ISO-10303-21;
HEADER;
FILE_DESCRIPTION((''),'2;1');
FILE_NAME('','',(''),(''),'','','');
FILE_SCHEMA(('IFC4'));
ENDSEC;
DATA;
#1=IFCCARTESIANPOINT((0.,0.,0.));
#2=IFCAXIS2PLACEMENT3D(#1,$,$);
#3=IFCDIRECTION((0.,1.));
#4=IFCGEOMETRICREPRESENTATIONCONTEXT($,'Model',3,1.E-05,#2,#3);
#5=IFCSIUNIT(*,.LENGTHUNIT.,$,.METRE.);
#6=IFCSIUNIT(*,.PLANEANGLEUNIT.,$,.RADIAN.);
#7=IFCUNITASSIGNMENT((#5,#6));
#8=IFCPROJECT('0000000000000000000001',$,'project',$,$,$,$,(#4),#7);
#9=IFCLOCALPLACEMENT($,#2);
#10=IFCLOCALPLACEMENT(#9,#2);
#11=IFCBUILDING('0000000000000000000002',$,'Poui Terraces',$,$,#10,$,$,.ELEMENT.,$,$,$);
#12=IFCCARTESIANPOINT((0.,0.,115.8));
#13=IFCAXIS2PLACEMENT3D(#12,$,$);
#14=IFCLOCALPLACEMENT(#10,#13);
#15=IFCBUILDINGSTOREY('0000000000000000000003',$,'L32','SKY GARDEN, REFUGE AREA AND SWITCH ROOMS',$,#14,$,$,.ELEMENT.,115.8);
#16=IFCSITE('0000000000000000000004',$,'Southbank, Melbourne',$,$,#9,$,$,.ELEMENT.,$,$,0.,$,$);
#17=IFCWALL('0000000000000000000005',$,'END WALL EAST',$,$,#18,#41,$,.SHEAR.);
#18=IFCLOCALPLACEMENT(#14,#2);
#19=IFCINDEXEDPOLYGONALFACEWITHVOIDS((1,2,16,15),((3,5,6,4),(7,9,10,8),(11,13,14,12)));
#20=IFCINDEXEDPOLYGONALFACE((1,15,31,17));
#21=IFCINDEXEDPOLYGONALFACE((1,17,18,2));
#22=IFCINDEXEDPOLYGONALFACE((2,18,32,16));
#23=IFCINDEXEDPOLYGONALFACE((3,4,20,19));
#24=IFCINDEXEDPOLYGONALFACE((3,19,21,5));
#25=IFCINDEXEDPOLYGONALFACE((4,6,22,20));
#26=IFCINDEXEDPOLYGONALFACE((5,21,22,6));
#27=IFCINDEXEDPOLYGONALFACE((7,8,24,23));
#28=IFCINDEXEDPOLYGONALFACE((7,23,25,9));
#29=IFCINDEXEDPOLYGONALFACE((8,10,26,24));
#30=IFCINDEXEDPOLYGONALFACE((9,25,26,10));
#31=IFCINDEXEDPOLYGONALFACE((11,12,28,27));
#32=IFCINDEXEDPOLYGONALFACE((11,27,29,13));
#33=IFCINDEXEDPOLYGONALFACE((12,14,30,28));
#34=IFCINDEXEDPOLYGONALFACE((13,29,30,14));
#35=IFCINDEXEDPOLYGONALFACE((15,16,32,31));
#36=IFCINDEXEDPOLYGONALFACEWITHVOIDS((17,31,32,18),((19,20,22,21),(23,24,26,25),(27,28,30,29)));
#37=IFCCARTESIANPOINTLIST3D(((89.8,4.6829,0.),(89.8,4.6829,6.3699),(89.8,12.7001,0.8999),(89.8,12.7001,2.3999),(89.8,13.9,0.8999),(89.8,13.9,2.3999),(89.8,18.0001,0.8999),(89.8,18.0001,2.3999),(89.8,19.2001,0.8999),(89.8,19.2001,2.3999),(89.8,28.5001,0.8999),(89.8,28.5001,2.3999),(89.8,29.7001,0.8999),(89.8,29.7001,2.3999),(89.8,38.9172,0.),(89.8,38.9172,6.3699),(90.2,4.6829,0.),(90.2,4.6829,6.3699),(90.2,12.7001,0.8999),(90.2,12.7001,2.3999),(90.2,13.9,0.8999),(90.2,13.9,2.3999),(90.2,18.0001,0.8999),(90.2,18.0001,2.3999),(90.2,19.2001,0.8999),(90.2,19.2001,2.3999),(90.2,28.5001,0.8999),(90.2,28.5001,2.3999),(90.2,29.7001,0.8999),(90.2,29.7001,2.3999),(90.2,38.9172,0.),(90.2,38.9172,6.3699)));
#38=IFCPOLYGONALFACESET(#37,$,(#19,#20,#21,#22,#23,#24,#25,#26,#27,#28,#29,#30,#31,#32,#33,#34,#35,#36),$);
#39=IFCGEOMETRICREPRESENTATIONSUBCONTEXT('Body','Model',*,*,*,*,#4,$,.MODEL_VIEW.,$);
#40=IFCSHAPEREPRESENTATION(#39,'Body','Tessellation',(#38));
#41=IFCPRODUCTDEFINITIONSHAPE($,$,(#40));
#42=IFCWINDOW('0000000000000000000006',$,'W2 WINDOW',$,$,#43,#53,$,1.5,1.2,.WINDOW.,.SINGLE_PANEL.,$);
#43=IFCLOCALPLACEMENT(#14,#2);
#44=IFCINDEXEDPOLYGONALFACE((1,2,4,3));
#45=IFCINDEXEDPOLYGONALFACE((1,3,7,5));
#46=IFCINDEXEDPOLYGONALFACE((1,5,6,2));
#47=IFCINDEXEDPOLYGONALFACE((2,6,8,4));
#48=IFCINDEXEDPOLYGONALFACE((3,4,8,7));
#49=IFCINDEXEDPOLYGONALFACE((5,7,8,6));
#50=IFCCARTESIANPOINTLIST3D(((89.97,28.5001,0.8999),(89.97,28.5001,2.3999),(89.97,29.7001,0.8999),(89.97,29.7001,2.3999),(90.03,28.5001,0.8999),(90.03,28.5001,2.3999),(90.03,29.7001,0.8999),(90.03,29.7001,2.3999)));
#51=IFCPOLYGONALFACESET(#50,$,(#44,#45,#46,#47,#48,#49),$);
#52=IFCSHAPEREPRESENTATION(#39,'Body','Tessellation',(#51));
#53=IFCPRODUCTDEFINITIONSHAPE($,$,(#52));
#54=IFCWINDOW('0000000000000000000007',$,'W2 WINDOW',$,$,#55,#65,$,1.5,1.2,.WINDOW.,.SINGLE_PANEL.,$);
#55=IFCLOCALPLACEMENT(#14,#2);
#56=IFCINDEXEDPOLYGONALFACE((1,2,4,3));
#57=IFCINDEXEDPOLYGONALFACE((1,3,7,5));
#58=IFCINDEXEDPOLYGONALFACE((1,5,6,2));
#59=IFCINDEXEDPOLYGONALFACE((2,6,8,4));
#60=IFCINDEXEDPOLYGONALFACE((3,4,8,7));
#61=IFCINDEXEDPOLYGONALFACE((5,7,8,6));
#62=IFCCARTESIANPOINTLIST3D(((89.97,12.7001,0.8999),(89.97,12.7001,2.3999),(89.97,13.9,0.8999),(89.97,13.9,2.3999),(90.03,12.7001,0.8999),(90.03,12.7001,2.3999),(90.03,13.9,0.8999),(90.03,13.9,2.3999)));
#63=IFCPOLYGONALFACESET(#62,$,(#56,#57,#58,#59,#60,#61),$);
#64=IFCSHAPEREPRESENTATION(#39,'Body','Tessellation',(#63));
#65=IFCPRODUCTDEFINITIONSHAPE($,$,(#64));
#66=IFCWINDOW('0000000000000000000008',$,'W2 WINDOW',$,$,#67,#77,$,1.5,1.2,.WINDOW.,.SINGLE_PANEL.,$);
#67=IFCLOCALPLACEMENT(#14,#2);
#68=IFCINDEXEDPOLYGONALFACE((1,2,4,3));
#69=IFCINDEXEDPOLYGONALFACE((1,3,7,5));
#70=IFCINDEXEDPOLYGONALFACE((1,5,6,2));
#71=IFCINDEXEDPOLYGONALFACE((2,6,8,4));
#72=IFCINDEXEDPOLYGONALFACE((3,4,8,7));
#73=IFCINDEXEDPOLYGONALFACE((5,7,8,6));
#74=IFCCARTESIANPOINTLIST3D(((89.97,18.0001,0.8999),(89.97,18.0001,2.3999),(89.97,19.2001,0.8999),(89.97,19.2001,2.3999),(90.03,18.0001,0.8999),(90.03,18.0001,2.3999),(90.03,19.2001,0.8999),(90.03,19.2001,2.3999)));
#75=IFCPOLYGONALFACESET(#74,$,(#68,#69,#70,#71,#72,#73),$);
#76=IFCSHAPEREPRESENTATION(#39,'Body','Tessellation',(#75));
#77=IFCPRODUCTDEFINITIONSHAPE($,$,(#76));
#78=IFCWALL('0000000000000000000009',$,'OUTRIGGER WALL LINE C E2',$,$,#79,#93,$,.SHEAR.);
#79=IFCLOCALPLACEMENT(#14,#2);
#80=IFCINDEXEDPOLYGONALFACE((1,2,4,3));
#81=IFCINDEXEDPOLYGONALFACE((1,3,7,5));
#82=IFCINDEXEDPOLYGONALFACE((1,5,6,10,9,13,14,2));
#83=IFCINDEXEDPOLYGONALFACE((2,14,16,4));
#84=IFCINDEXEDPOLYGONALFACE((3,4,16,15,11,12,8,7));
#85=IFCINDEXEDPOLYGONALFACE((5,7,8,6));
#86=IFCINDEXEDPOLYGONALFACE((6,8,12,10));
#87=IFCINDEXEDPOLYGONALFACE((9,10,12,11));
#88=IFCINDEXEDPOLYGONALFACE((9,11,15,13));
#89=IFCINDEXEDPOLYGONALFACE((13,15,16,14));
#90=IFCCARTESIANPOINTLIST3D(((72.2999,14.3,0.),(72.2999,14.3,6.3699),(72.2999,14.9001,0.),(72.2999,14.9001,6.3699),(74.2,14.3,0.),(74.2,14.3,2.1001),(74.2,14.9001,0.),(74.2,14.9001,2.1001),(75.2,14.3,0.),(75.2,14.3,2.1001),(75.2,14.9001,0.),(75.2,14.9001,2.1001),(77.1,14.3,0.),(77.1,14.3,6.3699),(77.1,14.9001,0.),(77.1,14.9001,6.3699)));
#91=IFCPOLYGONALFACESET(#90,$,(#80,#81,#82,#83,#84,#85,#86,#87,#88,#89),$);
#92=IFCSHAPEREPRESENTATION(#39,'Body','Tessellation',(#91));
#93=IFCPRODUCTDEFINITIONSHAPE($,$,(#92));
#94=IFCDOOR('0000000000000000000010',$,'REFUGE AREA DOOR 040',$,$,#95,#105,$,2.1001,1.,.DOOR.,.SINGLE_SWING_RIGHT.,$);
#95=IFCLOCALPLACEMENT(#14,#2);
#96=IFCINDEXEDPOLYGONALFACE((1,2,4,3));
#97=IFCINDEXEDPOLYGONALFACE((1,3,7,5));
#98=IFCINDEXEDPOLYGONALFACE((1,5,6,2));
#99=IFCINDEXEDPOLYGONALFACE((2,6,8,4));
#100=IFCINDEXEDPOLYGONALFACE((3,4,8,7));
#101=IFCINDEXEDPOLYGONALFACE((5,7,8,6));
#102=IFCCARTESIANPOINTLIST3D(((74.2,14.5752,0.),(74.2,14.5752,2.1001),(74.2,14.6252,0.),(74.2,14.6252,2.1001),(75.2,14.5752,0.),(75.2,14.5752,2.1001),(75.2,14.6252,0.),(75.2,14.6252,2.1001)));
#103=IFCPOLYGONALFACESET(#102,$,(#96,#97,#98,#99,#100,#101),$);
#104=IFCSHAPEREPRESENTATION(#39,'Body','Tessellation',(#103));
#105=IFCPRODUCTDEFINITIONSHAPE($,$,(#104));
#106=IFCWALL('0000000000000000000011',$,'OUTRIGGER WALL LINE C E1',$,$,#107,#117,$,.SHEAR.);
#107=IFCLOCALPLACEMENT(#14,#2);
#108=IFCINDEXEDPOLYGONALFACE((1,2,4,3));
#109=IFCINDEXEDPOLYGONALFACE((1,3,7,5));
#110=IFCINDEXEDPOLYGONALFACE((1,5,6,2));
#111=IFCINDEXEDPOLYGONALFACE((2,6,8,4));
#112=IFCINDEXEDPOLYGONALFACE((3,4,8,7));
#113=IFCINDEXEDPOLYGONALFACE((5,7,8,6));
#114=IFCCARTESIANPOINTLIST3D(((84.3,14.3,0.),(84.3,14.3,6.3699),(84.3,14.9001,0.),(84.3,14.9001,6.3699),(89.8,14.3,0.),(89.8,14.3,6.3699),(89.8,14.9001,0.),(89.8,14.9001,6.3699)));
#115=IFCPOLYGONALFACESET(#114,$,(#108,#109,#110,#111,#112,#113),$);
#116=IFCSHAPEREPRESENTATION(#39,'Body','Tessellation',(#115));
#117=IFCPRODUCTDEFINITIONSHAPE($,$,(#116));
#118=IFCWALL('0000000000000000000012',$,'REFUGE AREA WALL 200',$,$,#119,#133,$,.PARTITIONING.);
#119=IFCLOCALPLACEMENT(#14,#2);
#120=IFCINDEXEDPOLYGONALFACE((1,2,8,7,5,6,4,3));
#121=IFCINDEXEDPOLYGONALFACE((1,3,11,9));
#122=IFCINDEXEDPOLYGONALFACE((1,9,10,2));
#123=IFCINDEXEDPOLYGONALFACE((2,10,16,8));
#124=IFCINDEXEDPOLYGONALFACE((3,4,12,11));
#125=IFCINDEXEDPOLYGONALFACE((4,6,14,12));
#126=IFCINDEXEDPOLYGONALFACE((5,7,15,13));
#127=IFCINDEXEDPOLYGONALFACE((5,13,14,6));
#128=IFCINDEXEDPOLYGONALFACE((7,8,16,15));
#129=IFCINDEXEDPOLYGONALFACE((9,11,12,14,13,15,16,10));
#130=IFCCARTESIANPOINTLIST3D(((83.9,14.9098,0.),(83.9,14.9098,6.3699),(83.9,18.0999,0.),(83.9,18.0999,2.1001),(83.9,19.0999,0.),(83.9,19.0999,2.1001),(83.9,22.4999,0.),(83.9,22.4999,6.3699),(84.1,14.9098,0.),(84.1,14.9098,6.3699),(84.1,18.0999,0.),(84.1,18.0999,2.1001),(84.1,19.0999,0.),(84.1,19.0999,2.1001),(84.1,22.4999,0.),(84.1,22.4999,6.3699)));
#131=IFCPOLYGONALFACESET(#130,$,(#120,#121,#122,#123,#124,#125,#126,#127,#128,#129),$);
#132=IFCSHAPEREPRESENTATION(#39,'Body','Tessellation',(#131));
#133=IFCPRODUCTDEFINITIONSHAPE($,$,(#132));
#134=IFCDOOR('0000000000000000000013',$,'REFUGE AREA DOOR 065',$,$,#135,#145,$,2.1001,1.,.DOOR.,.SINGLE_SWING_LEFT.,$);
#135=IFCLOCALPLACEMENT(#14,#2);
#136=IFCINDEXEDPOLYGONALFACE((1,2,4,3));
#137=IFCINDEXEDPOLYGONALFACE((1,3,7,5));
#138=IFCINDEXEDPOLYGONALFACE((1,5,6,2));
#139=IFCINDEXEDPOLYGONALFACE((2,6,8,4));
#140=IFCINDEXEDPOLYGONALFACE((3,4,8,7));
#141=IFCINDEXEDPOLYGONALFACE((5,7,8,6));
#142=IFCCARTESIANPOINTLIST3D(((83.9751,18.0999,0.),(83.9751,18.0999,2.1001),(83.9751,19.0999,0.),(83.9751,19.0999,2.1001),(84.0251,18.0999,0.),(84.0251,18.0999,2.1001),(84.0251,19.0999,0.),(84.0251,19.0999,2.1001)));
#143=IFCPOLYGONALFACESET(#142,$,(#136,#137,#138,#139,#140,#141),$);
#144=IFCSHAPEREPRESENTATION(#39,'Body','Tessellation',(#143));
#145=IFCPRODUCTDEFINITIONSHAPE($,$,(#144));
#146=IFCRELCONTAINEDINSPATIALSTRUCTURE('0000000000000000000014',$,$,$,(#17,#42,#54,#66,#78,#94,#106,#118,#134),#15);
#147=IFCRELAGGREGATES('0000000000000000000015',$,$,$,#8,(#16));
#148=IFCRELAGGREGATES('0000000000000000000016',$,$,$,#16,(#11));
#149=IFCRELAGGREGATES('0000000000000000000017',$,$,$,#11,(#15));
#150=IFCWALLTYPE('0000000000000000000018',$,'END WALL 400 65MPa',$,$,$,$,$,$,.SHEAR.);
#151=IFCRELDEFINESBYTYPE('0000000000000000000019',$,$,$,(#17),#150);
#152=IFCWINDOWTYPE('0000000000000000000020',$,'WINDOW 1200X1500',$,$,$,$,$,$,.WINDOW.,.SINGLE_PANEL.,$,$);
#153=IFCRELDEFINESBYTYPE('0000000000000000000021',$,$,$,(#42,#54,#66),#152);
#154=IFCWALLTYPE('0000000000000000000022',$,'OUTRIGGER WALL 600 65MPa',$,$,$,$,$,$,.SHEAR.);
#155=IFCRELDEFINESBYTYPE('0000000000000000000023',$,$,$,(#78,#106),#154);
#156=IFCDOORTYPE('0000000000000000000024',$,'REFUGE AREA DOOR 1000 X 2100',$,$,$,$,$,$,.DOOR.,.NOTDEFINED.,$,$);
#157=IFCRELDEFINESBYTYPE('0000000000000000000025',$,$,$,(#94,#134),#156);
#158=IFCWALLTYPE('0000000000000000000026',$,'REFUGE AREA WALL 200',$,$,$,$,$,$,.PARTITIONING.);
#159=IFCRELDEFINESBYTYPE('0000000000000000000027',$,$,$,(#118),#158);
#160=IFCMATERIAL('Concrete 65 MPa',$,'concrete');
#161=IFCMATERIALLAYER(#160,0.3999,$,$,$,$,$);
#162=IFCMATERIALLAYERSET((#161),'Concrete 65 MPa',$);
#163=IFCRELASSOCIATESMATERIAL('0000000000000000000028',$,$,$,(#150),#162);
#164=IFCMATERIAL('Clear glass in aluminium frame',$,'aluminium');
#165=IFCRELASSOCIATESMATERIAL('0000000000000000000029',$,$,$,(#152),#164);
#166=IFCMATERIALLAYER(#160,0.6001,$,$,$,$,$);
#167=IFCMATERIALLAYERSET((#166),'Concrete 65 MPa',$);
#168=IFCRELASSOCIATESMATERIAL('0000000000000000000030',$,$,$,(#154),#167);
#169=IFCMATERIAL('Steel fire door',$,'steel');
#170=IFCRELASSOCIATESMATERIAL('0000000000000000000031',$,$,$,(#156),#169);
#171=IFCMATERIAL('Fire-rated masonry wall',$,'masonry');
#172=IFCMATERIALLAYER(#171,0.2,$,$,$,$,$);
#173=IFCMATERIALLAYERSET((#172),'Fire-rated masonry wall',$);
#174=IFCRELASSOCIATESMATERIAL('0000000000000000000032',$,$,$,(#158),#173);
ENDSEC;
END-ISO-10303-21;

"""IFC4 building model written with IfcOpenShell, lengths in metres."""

from ifc_helpers import new_model, si_unit, direction, frame, frame_2d, origin, place, context, subcontext, project, spatial, rectangle, extrude, material, layer, layer_set, type_object, element, fill, save


model = new_model("IFC4")

# Units and contexts
model_context = context("Model", 3, precision=1e-05, world=origin(), true_north=direction((0.0, 1.0)))
body_context = subcontext(model_context, "Body", "Model", "MODEL_VIEW")
ifc_project = project(units=[si_unit("LENGTHUNIT", "METRE"), si_unit("PLANEANGLEUNIT", "RADIAN")], contexts=[model_context])

# Site, building, storey
site_placement = place(None, origin())
site = spatial("IfcSite", under=ifc_project, at=site_placement, Name="Southbank, Melbourne", CompositionType="ELEMENT", RefElevation=0.0)
building_placement = place(site_placement, origin())
building = spatial("IfcBuilding", under=site, at=building_placement, Name="Poui Terraces", CompositionType="ELEMENT")
storey_placement = place(building_placement, frame((0.0, 0.0, 115.8)))
storey = spatial("IfcBuildingStorey", under=building, at=storey_placement, Name="L32", Description="SKY GARDEN, REFUGE AREA AND SWITCH ROOMS", CompositionType="ELEMENT", Elevation=115.8)

# Shared definitions
ifc_material_1 = material(Name="Concrete 65 MPa", Category="concrete")
ifc_material_2 = material(Name="Steel fire door", Category="steel")

# Wall, openings, windows
ifc_layer_1 = layer(ifc_material_1, 0.3999)
ifc_layer_set_1 = layer_set([ifc_layer_1], Name="Concrete 65 MPa")
wall_type_1 = type_object("IfcWallType", Name="END WALL 400 65MPa", PredefinedType="SHEAR", material=ifc_layer_set_1)
wall_1_placement = place(storey_placement, frame((90.0, 4.6829, 0.0), z_axis=(0.0, 0.0, 1.0), x_axis=(0.0, 1.0, 0.0)))
wall_1 = element("IfcWall", 1, at=wall_1_placement, inside=storey, type_object=wall_type_1, Name="END WALL EAST", PredefinedType="SHEAR", context=body_context, shape_type="SweptSolid", body=[
    extrude(rectangle(XDim=34.2344, YDim=0.3999, at=frame_2d((17.1172, 0.0))), origin(), (0.0, 0.0, 1.0), 6.3699),
])
opening_1_placement = place(wall_1_placement, frame((23.8171, 0.0, 0.8999)))
opening_1 = element("IfcOpeningElement", 2, at=opening_1_placement, cuts=wall_1, PredefinedType="OPENING", context=body_context, shape_type="SweptSolid", body=[
    extrude(rectangle(XDim=1.2, YDim=1.5, at=frame_2d((0.6001, 0.75))), frame((0.0, 0.21, 0.0), z_axis=(0.0, -1.0, 0.0), x_axis=(1.0, 0.0, 0.0)), (0.0, 0.0, 1.0), 0.4199),
])
opening_2_placement = place(wall_1_placement, frame((8.0171, 0.0, 0.8999)))
opening_2 = element("IfcOpeningElement", 3, at=opening_2_placement, cuts=wall_1, PredefinedType="OPENING", context=body_context, shape_type="SweptSolid", body=[
    extrude(rectangle(XDim=1.2, YDim=1.5, at=frame_2d((0.6001, 0.75))), frame((0.0, 0.21, 0.0), z_axis=(0.0, -1.0, 0.0), x_axis=(1.0, 0.0, 0.0)), (0.0, 0.0, 1.0), 0.4199),
])
opening_3_placement = place(wall_1_placement, frame((13.3171, 0.0, 0.8999)))
opening_3 = element("IfcOpeningElement", 4, at=opening_3_placement, cuts=wall_1, PredefinedType="OPENING", context=body_context, shape_type="SweptSolid", body=[
    extrude(rectangle(XDim=1.2, YDim=1.5, at=frame_2d((0.6001, 0.75))), frame((0.0, 0.21, 0.0), z_axis=(0.0, -1.0, 0.0), x_axis=(1.0, 0.0, 0.0)), (0.0, 0.0, 1.0), 0.4199),
])
ifc_material_3 = material(Name="Clear glass in aluminium frame", Category="aluminium")
window_type = type_object("IfcWindowType", Name="WINDOW 1200X1500", PartitioningType="SINGLE_PANEL", PredefinedType="WINDOW", material=ifc_material_3)
window_1_placement = place(opening_1_placement, origin())
window_1 = element("IfcWindow", 5, at=window_1_placement, inside=storey, type_object=window_type, Name="W2 WINDOW", OverallHeight=1.5, OverallWidth=1.2, PartitioningType="SINGLE_PANEL", PredefinedType="WINDOW", context=body_context, shape_type="SweptSolid", body=[
    extrude(rectangle(XDim=1.2, YDim=1.5, at=frame_2d((0.6001, 0.75))), frame((0.0, 0.03, 0.0), z_axis=(0.0, -1.0, 0.0), x_axis=(1.0, 0.0, 0.0)), (0.0, 0.0, 1.0), 0.0601),
])
fill(opening_1, window_1)
window_2_placement = place(opening_2_placement, origin())
window_2 = element("IfcWindow", 6, at=window_2_placement, inside=storey, type_object=window_type, Name="W2 WINDOW", OverallHeight=1.5, OverallWidth=1.2, PartitioningType="SINGLE_PANEL", PredefinedType="WINDOW", context=body_context, shape_type="SweptSolid", body=[
    extrude(rectangle(XDim=1.2, YDim=1.5, at=frame_2d((0.6001, 0.75))), frame((0.0, 0.03, 0.0), z_axis=(0.0, -1.0, 0.0), x_axis=(1.0, 0.0, 0.0)), (0.0, 0.0, 1.0), 0.0601),
])
fill(opening_2, window_2)
window_3_placement = place(opening_3_placement, origin())
window_3 = element("IfcWindow", 7, at=window_3_placement, inside=storey, type_object=window_type, Name="W2 WINDOW", OverallHeight=1.5, OverallWidth=1.2, PartitioningType="SINGLE_PANEL", PredefinedType="WINDOW", context=body_context, shape_type="SweptSolid", body=[
    extrude(rectangle(XDim=1.2, YDim=1.5, at=frame_2d((0.6001, 0.75))), frame((0.0, 0.03, 0.0), z_axis=(0.0, -1.0, 0.0), x_axis=(1.0, 0.0, 0.0)), (0.0, 0.0, 1.0), 0.0601),
])
fill(opening_3, window_3)

# Wall, opening, door
ifc_layer_2 = layer(ifc_material_1, 0.6001)
ifc_layer_set_2 = layer_set([ifc_layer_2], Name="Concrete 65 MPa")
wall_type_2 = type_object("IfcWallType", Name="OUTRIGGER WALL 600 65MPa", PredefinedType="SHEAR", material=ifc_layer_set_2)
wall_2_placement = place(storey_placement, frame((72.3, 14.6001, 0.0), z_axis=(0.0, 0.0, 1.0), x_axis=(1.0, 0.0, 0.0)))
wall_2 = element("IfcWall", 8, at=wall_2_placement, inside=storey, type_object=wall_type_2, Name="OUTRIGGER WALL LINE C E2", PredefinedType="SHEAR", context=body_context, shape_type="SweptSolid", body=[
    extrude(rectangle(XDim=4.8, YDim=0.6001, at=frame_2d((2.3999, 0.0))), origin(), (0.0, 0.0, 1.0), 6.3699),
])
opening_4_placement = place(wall_2_placement, frame((1.8999, 0.0, 0.0)))
opening_4 = element("IfcOpeningElement", 9, at=opening_4_placement, cuts=wall_2, PredefinedType="OPENING", context=body_context, shape_type="SweptSolid", body=[
    extrude(rectangle(XDim=1.0, YDim=2.1001, at=frame_2d((0.5, 1.05))), frame((0.0, 0.3101, 0.0), z_axis=(0.0, -1.0, 0.0), x_axis=(1.0, 0.0, 0.0)), (0.0, 0.0, 1.0), 0.6201),
])
door_type_1 = type_object("IfcDoorType", Name="REFUGE AREA DOOR 1000 X 2100", OperationType="NOTDEFINED", PredefinedType="DOOR", material=ifc_material_2)
door_1_placement = place(opening_4_placement, frame((1.0, 0.0, 0.0), z_axis=(0.0, 0.0, 1.0), x_axis=(-1.0, 0.0, 0.0)))
door_1 = element("IfcDoor", 10, at=door_1_placement, inside=storey, type_object=door_type_1, Name="REFUGE AREA DOOR 040", OperationType="SINGLE_SWING_RIGHT", OverallHeight=2.1001, OverallWidth=1.0, PredefinedType="DOOR", context=body_context, shape_type="SweptSolid", body=[
    extrude(rectangle(XDim=1.0, YDim=2.1001, at=frame_2d((0.5, 1.05))), frame((0.0, 0.0249, 0.0), z_axis=(0.0, -1.0, 0.0), x_axis=(1.0, 0.0, 0.0)), (0.0, 0.0, 1.0), 0.05),
])
fill(opening_4, door_1)

# Wall
wall_3_placement = place(storey_placement, frame((84.3, 14.6001, 0.0), z_axis=(0.0, 0.0, 1.0), x_axis=(1.0, 0.0, 0.0)))
element("IfcWall", 11, at=wall_3_placement, inside=storey, type_object=wall_type_2, Name="OUTRIGGER WALL LINE C E1", PredefinedType="SHEAR", context=body_context, shape_type="SweptSolid", body=[
    extrude(rectangle(XDim=5.5, YDim=0.6001, at=frame_2d((2.75, 0.0))), origin(), (0.0, 0.0, 1.0), 6.3699),
])

# Wall, opening, door
ifc_material_4 = material(Name="Fire-rated masonry wall", Category="masonry")
ifc_layer_3 = layer(ifc_material_4, 0.2)
ifc_layer_set_3 = layer_set([ifc_layer_3], Name="Fire-rated masonry wall")
wall_type_3 = type_object("IfcWallType", Name="REFUGE AREA WALL 200", PredefinedType="PARTITIONING", material=ifc_layer_set_3)
wall_4_placement = place(storey_placement, frame((84.0, 14.9099, 0.0), z_axis=(0.0, 0.0, 1.0), x_axis=(0.0, 1.0, 0.0)))
wall_4 = element("IfcWall", 12, at=wall_4_placement, inside=storey, type_object=wall_type_3, Name="REFUGE AREA WALL 200", PredefinedType="PARTITIONING", context=body_context, shape_type="SweptSolid", body=[
    extrude(rectangle(XDim=7.5901, YDim=0.2, at=frame_2d((3.7949, 0.0))), origin(), (0.0, 0.0, 1.0), 6.3699),
])
opening_5_placement = place(wall_4_placement, frame((3.1899, 0.0, 0.0)))
opening_5 = element("IfcOpeningElement", 13, at=opening_5_placement, cuts=wall_4, PredefinedType="OPENING", context=body_context, shape_type="SweptSolid", body=[
    extrude(rectangle(XDim=1.0, YDim=2.1001, at=frame_2d((0.5, 1.05))), frame((0.0, 0.1099, 0.0), z_axis=(0.0, -1.0, 0.0), x_axis=(1.0, 0.0, 0.0)), (0.0, 0.0, 1.0), 0.22),
])
door_2_placement = place(opening_5_placement, origin())
door_2 = element("IfcDoor", 14, at=door_2_placement, inside=storey, type_object=door_type_1, Name="REFUGE AREA DOOR 065", OperationType="SINGLE_SWING_LEFT", OverallHeight=2.1001, OverallWidth=1.0, PredefinedType="DOOR", context=body_context, shape_type="SweptSolid", body=[
    extrude(rectangle(XDim=1.0, YDim=2.1001, at=frame_2d((0.5, 1.05))), frame((0.0, 0.0249, 0.0), z_axis=(0.0, -1.0, 0.0), x_axis=(1.0, 0.0, 0.0)), (0.0, 0.0, 1.0), 0.05),
])
fill(opening_5, door_2)

save(model, "model.ifc")
